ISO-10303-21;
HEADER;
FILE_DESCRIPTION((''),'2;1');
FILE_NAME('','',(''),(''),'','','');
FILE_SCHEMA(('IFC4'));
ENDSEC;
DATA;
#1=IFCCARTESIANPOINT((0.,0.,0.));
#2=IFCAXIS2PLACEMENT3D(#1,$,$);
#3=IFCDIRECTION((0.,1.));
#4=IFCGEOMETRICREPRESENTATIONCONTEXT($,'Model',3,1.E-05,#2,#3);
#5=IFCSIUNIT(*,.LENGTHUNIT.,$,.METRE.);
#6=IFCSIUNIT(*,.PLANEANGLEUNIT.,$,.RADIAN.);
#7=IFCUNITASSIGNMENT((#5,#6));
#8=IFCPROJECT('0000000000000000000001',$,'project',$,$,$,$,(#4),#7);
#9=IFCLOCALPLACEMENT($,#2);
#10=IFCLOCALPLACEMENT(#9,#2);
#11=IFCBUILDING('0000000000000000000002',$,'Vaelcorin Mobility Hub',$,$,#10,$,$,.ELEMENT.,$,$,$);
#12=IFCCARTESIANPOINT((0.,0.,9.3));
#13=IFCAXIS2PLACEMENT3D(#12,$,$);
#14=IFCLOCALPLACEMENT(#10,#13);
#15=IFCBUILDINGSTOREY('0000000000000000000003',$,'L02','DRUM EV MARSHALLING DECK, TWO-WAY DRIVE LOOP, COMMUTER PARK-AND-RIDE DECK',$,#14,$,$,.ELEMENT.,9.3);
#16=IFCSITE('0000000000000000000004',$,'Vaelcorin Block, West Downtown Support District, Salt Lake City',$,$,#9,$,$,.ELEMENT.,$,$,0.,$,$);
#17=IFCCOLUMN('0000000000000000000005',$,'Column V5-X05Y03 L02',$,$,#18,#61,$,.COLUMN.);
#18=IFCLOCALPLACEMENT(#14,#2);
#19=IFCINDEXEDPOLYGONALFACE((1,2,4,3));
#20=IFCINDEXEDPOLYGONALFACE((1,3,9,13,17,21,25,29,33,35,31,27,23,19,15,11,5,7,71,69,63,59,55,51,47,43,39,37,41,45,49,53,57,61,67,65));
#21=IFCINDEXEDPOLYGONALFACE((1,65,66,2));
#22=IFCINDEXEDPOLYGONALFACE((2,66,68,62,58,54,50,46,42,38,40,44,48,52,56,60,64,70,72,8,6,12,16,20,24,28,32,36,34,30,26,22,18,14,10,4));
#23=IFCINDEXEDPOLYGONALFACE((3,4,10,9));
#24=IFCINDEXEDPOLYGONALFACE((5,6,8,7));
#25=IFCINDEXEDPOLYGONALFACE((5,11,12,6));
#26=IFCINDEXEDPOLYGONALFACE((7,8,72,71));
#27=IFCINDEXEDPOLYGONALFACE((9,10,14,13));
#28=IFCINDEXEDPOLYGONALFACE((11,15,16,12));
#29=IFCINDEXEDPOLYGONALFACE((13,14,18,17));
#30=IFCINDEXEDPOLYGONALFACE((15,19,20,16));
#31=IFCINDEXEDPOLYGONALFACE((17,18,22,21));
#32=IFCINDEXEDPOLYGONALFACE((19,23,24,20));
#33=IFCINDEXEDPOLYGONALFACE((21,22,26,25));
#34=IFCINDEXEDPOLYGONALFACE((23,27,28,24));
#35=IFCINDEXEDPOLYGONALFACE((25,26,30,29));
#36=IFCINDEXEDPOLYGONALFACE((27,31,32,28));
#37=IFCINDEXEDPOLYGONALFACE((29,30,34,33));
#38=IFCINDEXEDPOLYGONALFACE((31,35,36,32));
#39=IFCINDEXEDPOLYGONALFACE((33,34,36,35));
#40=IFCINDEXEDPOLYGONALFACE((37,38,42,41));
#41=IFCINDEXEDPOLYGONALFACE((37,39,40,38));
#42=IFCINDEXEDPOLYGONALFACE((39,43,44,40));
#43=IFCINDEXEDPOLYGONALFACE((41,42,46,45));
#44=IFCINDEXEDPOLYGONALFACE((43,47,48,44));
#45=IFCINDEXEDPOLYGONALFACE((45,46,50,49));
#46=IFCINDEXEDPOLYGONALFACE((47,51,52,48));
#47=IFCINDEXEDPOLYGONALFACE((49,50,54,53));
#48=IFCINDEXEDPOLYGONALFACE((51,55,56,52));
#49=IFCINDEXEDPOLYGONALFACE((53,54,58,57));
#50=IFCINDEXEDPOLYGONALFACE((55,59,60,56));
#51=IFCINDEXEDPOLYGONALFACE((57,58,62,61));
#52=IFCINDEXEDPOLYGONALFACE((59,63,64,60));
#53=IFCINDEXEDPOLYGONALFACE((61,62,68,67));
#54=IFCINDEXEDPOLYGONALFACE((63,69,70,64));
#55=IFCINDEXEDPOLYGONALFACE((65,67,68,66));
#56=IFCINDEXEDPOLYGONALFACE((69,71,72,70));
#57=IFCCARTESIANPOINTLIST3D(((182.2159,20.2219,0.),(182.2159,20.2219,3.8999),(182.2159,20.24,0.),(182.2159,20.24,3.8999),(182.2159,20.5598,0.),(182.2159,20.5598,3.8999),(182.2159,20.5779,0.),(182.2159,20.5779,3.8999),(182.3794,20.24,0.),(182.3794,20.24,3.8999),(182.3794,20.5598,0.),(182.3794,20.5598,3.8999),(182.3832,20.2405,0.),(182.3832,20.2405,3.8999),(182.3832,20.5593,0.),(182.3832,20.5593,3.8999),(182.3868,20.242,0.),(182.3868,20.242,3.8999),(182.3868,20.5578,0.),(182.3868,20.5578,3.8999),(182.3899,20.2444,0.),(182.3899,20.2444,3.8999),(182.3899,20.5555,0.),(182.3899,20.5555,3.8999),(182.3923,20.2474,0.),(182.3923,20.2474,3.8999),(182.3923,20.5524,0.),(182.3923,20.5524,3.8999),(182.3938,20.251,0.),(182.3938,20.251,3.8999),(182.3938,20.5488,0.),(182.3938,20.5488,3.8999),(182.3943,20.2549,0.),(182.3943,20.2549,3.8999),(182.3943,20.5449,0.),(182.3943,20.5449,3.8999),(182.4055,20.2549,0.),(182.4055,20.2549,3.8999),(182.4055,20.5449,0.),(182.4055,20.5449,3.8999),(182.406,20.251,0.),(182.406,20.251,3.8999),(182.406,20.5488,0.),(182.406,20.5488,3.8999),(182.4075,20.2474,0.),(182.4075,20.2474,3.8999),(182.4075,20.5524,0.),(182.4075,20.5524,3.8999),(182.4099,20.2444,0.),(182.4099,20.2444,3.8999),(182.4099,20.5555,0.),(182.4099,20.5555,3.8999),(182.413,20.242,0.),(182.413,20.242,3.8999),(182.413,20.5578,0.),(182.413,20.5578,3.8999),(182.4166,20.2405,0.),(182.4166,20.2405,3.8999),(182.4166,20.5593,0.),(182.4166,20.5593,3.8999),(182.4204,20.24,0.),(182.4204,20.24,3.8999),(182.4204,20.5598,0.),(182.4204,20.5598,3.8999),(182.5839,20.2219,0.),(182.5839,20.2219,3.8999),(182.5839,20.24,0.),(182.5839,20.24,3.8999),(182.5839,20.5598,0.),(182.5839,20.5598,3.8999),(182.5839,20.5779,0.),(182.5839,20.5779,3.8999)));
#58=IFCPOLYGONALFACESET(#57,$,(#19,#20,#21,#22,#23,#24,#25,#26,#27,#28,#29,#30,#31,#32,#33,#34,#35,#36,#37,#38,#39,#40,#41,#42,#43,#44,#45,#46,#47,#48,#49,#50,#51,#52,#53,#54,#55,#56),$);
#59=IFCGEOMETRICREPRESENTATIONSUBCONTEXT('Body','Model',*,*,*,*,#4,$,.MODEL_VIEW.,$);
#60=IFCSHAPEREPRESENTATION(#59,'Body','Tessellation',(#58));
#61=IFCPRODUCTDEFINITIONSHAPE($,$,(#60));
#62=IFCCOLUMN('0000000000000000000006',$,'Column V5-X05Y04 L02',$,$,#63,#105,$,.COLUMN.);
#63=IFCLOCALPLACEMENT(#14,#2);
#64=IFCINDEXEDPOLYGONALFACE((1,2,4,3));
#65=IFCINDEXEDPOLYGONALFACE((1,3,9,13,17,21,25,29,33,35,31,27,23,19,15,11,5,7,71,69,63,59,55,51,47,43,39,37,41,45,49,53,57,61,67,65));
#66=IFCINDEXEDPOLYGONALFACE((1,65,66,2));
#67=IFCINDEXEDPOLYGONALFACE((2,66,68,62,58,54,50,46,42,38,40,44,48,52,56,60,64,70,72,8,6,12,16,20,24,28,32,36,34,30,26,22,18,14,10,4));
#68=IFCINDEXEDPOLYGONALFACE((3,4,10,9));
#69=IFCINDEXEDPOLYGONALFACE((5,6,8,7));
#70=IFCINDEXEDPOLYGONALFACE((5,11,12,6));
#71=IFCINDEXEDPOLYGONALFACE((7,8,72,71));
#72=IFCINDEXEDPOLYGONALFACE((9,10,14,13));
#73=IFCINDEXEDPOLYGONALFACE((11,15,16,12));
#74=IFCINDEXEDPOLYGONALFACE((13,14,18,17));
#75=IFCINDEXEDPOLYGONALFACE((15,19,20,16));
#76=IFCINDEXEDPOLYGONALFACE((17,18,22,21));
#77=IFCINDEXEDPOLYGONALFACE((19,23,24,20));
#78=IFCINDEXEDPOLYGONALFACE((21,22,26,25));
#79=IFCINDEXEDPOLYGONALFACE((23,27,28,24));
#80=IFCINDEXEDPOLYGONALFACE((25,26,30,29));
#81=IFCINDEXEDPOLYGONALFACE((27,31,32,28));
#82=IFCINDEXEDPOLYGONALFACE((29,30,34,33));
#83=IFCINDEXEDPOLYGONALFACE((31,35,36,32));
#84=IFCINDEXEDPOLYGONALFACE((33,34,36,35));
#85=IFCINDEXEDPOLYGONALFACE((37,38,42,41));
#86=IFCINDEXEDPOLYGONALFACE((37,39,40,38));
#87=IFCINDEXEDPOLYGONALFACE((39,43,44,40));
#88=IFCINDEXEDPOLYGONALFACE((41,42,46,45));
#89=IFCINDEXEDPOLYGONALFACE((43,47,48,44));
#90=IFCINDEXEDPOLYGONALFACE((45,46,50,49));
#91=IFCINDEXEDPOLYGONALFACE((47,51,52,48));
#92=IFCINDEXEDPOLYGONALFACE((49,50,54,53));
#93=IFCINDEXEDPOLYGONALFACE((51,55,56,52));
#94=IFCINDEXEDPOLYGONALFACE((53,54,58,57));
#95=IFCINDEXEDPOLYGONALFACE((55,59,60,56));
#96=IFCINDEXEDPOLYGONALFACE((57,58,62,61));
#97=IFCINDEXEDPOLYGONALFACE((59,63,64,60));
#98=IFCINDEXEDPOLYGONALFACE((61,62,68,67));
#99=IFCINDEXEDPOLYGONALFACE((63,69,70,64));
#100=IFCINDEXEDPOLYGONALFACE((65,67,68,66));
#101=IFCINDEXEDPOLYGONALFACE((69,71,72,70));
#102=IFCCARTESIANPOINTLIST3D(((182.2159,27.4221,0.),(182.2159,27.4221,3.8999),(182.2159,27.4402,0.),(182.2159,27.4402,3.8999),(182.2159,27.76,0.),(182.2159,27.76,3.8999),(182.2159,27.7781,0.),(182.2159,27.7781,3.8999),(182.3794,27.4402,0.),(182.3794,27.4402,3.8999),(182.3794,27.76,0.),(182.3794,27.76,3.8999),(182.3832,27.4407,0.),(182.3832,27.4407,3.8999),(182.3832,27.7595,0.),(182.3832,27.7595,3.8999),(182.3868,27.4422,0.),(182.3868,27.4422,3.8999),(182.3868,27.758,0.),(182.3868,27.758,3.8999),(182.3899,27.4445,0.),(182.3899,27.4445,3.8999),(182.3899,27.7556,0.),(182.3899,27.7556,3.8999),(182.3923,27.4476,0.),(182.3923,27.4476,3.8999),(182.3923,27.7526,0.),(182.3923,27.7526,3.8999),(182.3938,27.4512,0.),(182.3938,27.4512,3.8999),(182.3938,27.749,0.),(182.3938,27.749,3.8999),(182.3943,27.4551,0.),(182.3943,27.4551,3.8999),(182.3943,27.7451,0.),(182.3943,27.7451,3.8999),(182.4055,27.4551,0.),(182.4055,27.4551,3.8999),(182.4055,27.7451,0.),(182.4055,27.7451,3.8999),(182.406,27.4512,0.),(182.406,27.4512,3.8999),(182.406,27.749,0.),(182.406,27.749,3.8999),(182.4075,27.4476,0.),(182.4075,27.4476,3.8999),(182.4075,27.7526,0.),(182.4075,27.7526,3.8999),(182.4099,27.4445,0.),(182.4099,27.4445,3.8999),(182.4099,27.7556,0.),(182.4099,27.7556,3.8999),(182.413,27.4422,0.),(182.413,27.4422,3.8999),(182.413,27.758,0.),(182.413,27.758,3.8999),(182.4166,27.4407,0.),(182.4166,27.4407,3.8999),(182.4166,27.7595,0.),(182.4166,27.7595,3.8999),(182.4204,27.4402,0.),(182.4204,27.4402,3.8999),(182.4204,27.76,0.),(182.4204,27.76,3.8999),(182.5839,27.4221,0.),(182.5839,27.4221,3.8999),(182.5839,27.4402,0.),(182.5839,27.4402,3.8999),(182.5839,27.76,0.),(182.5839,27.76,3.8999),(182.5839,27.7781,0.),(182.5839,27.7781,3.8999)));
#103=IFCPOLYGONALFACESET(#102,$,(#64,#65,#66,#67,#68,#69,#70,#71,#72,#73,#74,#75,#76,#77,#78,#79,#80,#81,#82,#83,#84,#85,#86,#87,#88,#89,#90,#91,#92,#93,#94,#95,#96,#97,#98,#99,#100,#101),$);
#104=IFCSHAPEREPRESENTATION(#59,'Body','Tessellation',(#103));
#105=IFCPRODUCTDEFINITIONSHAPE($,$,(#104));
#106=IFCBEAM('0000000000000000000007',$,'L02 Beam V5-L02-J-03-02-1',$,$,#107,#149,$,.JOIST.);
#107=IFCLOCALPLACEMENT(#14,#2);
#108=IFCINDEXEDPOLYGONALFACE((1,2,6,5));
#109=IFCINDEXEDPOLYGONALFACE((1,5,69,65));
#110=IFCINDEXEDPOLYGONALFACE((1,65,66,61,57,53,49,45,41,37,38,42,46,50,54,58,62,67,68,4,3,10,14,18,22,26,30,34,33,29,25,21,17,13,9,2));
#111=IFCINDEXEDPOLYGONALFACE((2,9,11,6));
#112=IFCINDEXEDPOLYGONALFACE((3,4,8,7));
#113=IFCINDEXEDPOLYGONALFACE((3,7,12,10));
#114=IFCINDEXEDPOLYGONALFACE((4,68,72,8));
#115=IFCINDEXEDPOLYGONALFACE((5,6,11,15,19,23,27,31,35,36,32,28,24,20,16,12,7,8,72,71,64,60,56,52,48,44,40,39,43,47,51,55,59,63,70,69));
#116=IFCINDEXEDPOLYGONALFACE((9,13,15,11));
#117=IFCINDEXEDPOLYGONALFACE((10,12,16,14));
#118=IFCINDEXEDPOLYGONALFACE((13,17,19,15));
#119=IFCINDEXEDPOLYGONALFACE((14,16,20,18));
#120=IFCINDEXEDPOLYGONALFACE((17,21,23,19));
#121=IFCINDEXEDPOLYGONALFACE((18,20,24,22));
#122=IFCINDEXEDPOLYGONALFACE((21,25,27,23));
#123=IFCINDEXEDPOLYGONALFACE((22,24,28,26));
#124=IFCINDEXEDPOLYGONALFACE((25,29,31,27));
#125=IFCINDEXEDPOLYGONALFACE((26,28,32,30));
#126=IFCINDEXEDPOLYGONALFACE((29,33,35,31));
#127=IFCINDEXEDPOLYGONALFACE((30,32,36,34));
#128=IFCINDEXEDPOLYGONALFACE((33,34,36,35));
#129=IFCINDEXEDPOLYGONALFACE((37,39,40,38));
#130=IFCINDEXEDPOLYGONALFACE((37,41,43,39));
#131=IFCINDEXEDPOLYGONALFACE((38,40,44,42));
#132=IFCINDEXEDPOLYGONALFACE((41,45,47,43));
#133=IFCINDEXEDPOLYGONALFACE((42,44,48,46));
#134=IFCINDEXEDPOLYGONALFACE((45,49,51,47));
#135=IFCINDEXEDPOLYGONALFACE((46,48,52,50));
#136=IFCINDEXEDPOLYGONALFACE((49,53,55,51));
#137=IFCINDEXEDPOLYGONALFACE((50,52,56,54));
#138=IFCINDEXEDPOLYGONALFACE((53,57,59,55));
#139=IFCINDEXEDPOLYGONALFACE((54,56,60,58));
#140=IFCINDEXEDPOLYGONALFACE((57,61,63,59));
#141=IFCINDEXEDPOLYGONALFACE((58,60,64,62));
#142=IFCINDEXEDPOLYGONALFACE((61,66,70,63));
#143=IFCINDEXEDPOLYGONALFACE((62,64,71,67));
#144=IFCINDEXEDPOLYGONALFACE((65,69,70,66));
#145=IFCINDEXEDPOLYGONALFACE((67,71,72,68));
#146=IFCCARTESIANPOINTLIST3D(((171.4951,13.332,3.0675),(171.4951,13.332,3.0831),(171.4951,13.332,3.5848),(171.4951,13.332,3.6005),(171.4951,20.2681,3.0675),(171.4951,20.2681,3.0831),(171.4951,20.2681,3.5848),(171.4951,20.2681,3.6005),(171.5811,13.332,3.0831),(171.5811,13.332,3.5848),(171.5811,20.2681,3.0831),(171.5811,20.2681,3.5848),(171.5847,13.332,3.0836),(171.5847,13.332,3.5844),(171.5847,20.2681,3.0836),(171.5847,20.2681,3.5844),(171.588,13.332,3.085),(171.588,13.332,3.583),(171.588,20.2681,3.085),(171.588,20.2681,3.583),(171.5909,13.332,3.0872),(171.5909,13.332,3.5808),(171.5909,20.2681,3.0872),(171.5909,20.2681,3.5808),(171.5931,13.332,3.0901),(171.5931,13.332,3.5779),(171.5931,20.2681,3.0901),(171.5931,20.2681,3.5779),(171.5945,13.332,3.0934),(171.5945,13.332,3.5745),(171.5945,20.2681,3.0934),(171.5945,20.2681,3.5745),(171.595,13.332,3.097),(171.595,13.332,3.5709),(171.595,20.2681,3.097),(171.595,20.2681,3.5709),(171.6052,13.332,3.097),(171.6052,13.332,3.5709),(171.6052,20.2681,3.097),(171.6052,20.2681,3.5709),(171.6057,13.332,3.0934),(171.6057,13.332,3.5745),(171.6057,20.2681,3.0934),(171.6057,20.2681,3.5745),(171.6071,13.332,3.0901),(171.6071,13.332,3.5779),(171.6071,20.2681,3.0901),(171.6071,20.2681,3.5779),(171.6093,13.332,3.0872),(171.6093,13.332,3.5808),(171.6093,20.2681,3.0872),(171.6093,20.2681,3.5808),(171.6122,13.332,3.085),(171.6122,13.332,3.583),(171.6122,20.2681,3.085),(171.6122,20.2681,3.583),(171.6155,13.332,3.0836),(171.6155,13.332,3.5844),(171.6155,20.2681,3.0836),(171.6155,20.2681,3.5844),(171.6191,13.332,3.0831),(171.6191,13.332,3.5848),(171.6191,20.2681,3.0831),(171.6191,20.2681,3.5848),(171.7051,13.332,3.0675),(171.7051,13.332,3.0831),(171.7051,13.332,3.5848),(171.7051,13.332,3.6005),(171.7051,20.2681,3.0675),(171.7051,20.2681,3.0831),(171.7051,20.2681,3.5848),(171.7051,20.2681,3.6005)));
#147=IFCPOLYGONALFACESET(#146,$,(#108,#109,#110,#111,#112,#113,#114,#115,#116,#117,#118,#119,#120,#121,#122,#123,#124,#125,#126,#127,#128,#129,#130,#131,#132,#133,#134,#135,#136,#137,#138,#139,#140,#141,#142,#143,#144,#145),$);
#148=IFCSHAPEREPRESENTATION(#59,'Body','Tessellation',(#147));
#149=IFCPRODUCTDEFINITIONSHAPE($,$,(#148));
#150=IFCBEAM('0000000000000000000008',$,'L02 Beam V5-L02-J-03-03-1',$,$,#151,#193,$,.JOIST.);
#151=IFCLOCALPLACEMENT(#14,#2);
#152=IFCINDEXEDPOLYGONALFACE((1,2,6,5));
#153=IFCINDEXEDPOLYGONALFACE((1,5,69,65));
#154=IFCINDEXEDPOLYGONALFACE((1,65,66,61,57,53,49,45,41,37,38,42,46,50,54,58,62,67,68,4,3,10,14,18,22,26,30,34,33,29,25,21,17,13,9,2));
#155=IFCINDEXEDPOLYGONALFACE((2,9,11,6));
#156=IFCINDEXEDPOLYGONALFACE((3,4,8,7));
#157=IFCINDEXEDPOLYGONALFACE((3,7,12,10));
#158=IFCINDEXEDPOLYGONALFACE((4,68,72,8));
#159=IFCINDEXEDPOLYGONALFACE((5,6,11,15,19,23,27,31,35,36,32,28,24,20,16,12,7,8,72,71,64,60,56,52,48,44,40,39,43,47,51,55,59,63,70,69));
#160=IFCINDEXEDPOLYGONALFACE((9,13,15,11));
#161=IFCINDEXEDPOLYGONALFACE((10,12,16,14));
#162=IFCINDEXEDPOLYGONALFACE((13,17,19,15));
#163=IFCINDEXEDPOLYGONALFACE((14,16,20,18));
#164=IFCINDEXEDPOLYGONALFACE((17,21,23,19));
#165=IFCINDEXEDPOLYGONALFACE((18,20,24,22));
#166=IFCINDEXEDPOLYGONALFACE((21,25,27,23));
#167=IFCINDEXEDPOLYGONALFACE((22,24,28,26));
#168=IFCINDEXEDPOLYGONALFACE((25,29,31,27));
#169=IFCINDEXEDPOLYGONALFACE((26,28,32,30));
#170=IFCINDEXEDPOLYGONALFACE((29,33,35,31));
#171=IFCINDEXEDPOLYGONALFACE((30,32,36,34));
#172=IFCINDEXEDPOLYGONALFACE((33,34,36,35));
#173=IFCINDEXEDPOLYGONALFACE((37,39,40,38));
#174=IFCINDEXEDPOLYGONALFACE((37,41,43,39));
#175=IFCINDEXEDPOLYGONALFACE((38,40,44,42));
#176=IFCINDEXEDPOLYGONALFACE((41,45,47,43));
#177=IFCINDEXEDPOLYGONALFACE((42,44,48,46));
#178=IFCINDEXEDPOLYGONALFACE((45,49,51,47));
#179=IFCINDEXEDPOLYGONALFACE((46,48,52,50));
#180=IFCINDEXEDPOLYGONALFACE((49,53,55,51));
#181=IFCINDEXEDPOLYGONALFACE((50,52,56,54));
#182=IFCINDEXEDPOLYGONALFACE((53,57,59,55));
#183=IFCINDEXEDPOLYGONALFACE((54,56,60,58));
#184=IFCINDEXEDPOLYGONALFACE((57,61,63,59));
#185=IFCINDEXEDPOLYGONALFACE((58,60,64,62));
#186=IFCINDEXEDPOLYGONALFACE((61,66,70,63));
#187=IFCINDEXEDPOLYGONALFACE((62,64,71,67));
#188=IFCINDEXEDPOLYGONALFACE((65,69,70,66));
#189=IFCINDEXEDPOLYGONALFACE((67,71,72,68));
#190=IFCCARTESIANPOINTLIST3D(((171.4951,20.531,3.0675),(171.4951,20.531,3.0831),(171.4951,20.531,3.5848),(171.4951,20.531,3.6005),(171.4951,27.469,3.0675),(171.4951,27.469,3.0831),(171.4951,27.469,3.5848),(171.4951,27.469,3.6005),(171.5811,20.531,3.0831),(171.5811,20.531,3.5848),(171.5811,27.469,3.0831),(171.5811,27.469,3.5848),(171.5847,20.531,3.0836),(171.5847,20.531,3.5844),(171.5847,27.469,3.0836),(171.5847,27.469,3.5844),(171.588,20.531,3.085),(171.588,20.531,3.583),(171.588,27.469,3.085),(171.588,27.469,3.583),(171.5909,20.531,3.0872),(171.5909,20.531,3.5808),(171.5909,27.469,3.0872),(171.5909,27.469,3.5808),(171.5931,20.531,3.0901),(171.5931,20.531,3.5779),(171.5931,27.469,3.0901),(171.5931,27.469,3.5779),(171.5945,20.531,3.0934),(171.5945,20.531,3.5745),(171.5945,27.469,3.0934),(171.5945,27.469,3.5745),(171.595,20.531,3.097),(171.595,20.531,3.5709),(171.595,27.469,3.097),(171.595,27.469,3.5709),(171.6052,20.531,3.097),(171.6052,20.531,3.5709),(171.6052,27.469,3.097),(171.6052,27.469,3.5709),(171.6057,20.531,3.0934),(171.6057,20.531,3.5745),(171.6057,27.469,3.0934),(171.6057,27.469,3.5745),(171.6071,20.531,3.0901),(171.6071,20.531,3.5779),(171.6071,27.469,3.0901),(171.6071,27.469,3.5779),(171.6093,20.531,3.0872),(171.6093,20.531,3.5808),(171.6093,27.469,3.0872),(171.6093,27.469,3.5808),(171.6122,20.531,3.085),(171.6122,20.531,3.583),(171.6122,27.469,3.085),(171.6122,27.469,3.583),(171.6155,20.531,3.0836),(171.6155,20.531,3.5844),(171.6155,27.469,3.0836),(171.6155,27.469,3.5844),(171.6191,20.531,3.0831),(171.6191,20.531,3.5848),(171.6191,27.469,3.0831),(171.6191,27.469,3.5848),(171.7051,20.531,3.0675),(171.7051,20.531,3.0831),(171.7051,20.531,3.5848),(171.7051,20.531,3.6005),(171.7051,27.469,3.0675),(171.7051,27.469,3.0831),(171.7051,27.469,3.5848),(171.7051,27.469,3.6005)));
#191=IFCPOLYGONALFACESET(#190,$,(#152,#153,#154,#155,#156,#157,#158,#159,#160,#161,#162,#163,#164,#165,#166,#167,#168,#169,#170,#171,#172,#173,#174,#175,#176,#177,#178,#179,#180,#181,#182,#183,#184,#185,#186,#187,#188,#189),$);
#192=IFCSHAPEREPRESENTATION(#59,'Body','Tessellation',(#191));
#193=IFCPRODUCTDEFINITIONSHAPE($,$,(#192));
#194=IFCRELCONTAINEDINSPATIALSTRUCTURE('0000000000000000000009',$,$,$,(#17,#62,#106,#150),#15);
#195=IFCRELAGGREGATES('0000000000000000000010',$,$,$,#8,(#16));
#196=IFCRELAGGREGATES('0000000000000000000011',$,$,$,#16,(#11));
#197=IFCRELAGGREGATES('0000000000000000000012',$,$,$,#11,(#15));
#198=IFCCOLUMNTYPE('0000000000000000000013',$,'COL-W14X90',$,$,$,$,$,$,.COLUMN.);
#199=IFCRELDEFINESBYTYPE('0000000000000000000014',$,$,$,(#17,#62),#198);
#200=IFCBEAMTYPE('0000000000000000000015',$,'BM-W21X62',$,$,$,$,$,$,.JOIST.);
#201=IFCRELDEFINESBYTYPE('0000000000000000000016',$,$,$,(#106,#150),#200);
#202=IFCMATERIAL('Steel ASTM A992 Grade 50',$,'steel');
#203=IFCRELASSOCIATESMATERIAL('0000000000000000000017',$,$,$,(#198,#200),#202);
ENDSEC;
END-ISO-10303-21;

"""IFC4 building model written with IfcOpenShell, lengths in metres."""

from ifc_helpers import new_model, si_unit, direction, frame, origin, origin_2d, place, context, subcontext, project, spatial, i_section, extrude, material, material_profile, profile_set, type_object, element, save


model = new_model("IFC4")

# Units and contexts
model_context = context("Model", 3, precision=1e-05, world=origin(), true_north=direction((0.0, 1.0)))
body_context = subcontext(model_context, "Body", "Model", "MODEL_VIEW")
ifc_project = project(units=[si_unit("LENGTHUNIT", "METRE"), si_unit("PLANEANGLEUNIT", "RADIAN")], contexts=[model_context])

# Site, building, storey
site_placement = place(None, origin())
site = spatial("IfcSite", under=ifc_project, at=site_placement, Name="Vaelcorin Block, West Downtown Support District, Salt Lake City", CompositionType="ELEMENT", RefElevation=0.0)
building_placement = place(site_placement, origin())
building = spatial("IfcBuilding", under=site, at=building_placement, Name="Vaelcorin Mobility Hub", CompositionType="ELEMENT")
storey_placement = place(building_placement, frame((0.0, 0.0, 9.3)))
storey = spatial("IfcBuildingStorey", under=building, at=storey_placement, Name="L02", Description="DRUM EV MARSHALLING DECK, TWO-WAY DRIVE LOOP, COMMUTER PARK-AND-RIDE DECK", CompositionType="ELEMENT", Elevation=9.3)

# Columns
ifc_material_1 = material(Name="Steel ASTM A992 Grade 50", Category="steel")
ifc_material_profile_1 = material_profile(ifc_material_1, i_section(OverallWidth=0.3679, OverallDepth=0.356, WebThickness=0.0112, FlangeThickness=0.0181, FilletRadius=0.0149, at=origin_2d()), Name="W14X90")
ifc_profile_set_1 = profile_set([ifc_material_profile_1], Name="Steel ASTM A992 Grade 50")
column_type = type_object("IfcColumnType", Name="COL-W14X90", PredefinedType="COLUMN", material=ifc_profile_set_1)
for number, where, z_axis, x_axis, name in (
    (1, (182.3999, 20.3999, 0.0), (0.0, 0.0, 1.0), (1.0, 0.0, 0.0), "Column V5-X05Y03 L02"),
    (2, (182.3999, 27.6001, 0.0), (0.0, 0.0, 1.0), (1.0, 0.0, 0.0), "Column V5-X05Y04 L02"),
):
    element("IfcColumn", number, at=place(storey_placement, frame(where, z_axis=z_axis, x_axis=x_axis)), inside=storey, type_object=column_type, Name=name, PredefinedType="COLUMN", context=body_context, shape_type="SweptSolid", body=[
        extrude(i_section(OverallWidth=0.3679, OverallDepth=0.356, WebThickness=0.0112, FlangeThickness=0.0181, FilletRadius=0.0149, at=origin_2d()), origin(), (0.0, 0.0, 1.0), 3.8999),
    ])

# Beams
ifc_material_profile_2 = material_profile(ifc_material_1, i_section(OverallWidth=0.21, OverallDepth=0.533, WebThickness=0.0103, FlangeThickness=0.0156, FilletRadius=0.0139, at=origin_2d()), Name="W21X62")
ifc_profile_set_2 = profile_set([ifc_material_profile_2], Name="Steel ASTM A992 Grade 50")
beam_type_1 = type_object("IfcBeamType", Name="BM-W21X62", PredefinedType="JOIST", material=ifc_profile_set_2)
beam_1_placement = place(storey_placement, frame((171.6001, 13.332, 3.334), z_axis=(0.0, 1.0, 0.0), x_axis=(-1.0, 0.0, 0.0)))
element("IfcBeam", 3, at=beam_1_placement, inside=storey, type_object=beam_type_1, Name="L02 Beam V5-L02-J-03-02-1", PredefinedType="JOIST", context=body_context, shape_type="SweptSolid", body=[
    extrude(i_section(OverallWidth=0.21, OverallDepth=0.533, WebThickness=0.0103, FlangeThickness=0.0156, FilletRadius=0.0139, at=origin_2d()), origin(), (0.0, 0.0, 1.0), 6.936),
])
beam_2_placement = place(storey_placement, frame((171.6001, 20.531, 3.334), z_axis=(0.0, 1.0, 0.0), x_axis=(-1.0, 0.0, 0.0)))
element("IfcBeam", 4, at=beam_2_placement, inside=storey, type_object=beam_type_1, Name="L02 Beam V5-L02-J-03-03-1", PredefinedType="JOIST", context=body_context, shape_type="SweptSolid", body=[
    extrude(i_section(OverallWidth=0.21, OverallDepth=0.533, WebThickness=0.0103, FlangeThickness=0.0156, FilletRadius=0.0139, at=origin_2d()), origin(), (0.0, 0.0, 1.0), 6.938),
])

save(model, "model.ifc")
